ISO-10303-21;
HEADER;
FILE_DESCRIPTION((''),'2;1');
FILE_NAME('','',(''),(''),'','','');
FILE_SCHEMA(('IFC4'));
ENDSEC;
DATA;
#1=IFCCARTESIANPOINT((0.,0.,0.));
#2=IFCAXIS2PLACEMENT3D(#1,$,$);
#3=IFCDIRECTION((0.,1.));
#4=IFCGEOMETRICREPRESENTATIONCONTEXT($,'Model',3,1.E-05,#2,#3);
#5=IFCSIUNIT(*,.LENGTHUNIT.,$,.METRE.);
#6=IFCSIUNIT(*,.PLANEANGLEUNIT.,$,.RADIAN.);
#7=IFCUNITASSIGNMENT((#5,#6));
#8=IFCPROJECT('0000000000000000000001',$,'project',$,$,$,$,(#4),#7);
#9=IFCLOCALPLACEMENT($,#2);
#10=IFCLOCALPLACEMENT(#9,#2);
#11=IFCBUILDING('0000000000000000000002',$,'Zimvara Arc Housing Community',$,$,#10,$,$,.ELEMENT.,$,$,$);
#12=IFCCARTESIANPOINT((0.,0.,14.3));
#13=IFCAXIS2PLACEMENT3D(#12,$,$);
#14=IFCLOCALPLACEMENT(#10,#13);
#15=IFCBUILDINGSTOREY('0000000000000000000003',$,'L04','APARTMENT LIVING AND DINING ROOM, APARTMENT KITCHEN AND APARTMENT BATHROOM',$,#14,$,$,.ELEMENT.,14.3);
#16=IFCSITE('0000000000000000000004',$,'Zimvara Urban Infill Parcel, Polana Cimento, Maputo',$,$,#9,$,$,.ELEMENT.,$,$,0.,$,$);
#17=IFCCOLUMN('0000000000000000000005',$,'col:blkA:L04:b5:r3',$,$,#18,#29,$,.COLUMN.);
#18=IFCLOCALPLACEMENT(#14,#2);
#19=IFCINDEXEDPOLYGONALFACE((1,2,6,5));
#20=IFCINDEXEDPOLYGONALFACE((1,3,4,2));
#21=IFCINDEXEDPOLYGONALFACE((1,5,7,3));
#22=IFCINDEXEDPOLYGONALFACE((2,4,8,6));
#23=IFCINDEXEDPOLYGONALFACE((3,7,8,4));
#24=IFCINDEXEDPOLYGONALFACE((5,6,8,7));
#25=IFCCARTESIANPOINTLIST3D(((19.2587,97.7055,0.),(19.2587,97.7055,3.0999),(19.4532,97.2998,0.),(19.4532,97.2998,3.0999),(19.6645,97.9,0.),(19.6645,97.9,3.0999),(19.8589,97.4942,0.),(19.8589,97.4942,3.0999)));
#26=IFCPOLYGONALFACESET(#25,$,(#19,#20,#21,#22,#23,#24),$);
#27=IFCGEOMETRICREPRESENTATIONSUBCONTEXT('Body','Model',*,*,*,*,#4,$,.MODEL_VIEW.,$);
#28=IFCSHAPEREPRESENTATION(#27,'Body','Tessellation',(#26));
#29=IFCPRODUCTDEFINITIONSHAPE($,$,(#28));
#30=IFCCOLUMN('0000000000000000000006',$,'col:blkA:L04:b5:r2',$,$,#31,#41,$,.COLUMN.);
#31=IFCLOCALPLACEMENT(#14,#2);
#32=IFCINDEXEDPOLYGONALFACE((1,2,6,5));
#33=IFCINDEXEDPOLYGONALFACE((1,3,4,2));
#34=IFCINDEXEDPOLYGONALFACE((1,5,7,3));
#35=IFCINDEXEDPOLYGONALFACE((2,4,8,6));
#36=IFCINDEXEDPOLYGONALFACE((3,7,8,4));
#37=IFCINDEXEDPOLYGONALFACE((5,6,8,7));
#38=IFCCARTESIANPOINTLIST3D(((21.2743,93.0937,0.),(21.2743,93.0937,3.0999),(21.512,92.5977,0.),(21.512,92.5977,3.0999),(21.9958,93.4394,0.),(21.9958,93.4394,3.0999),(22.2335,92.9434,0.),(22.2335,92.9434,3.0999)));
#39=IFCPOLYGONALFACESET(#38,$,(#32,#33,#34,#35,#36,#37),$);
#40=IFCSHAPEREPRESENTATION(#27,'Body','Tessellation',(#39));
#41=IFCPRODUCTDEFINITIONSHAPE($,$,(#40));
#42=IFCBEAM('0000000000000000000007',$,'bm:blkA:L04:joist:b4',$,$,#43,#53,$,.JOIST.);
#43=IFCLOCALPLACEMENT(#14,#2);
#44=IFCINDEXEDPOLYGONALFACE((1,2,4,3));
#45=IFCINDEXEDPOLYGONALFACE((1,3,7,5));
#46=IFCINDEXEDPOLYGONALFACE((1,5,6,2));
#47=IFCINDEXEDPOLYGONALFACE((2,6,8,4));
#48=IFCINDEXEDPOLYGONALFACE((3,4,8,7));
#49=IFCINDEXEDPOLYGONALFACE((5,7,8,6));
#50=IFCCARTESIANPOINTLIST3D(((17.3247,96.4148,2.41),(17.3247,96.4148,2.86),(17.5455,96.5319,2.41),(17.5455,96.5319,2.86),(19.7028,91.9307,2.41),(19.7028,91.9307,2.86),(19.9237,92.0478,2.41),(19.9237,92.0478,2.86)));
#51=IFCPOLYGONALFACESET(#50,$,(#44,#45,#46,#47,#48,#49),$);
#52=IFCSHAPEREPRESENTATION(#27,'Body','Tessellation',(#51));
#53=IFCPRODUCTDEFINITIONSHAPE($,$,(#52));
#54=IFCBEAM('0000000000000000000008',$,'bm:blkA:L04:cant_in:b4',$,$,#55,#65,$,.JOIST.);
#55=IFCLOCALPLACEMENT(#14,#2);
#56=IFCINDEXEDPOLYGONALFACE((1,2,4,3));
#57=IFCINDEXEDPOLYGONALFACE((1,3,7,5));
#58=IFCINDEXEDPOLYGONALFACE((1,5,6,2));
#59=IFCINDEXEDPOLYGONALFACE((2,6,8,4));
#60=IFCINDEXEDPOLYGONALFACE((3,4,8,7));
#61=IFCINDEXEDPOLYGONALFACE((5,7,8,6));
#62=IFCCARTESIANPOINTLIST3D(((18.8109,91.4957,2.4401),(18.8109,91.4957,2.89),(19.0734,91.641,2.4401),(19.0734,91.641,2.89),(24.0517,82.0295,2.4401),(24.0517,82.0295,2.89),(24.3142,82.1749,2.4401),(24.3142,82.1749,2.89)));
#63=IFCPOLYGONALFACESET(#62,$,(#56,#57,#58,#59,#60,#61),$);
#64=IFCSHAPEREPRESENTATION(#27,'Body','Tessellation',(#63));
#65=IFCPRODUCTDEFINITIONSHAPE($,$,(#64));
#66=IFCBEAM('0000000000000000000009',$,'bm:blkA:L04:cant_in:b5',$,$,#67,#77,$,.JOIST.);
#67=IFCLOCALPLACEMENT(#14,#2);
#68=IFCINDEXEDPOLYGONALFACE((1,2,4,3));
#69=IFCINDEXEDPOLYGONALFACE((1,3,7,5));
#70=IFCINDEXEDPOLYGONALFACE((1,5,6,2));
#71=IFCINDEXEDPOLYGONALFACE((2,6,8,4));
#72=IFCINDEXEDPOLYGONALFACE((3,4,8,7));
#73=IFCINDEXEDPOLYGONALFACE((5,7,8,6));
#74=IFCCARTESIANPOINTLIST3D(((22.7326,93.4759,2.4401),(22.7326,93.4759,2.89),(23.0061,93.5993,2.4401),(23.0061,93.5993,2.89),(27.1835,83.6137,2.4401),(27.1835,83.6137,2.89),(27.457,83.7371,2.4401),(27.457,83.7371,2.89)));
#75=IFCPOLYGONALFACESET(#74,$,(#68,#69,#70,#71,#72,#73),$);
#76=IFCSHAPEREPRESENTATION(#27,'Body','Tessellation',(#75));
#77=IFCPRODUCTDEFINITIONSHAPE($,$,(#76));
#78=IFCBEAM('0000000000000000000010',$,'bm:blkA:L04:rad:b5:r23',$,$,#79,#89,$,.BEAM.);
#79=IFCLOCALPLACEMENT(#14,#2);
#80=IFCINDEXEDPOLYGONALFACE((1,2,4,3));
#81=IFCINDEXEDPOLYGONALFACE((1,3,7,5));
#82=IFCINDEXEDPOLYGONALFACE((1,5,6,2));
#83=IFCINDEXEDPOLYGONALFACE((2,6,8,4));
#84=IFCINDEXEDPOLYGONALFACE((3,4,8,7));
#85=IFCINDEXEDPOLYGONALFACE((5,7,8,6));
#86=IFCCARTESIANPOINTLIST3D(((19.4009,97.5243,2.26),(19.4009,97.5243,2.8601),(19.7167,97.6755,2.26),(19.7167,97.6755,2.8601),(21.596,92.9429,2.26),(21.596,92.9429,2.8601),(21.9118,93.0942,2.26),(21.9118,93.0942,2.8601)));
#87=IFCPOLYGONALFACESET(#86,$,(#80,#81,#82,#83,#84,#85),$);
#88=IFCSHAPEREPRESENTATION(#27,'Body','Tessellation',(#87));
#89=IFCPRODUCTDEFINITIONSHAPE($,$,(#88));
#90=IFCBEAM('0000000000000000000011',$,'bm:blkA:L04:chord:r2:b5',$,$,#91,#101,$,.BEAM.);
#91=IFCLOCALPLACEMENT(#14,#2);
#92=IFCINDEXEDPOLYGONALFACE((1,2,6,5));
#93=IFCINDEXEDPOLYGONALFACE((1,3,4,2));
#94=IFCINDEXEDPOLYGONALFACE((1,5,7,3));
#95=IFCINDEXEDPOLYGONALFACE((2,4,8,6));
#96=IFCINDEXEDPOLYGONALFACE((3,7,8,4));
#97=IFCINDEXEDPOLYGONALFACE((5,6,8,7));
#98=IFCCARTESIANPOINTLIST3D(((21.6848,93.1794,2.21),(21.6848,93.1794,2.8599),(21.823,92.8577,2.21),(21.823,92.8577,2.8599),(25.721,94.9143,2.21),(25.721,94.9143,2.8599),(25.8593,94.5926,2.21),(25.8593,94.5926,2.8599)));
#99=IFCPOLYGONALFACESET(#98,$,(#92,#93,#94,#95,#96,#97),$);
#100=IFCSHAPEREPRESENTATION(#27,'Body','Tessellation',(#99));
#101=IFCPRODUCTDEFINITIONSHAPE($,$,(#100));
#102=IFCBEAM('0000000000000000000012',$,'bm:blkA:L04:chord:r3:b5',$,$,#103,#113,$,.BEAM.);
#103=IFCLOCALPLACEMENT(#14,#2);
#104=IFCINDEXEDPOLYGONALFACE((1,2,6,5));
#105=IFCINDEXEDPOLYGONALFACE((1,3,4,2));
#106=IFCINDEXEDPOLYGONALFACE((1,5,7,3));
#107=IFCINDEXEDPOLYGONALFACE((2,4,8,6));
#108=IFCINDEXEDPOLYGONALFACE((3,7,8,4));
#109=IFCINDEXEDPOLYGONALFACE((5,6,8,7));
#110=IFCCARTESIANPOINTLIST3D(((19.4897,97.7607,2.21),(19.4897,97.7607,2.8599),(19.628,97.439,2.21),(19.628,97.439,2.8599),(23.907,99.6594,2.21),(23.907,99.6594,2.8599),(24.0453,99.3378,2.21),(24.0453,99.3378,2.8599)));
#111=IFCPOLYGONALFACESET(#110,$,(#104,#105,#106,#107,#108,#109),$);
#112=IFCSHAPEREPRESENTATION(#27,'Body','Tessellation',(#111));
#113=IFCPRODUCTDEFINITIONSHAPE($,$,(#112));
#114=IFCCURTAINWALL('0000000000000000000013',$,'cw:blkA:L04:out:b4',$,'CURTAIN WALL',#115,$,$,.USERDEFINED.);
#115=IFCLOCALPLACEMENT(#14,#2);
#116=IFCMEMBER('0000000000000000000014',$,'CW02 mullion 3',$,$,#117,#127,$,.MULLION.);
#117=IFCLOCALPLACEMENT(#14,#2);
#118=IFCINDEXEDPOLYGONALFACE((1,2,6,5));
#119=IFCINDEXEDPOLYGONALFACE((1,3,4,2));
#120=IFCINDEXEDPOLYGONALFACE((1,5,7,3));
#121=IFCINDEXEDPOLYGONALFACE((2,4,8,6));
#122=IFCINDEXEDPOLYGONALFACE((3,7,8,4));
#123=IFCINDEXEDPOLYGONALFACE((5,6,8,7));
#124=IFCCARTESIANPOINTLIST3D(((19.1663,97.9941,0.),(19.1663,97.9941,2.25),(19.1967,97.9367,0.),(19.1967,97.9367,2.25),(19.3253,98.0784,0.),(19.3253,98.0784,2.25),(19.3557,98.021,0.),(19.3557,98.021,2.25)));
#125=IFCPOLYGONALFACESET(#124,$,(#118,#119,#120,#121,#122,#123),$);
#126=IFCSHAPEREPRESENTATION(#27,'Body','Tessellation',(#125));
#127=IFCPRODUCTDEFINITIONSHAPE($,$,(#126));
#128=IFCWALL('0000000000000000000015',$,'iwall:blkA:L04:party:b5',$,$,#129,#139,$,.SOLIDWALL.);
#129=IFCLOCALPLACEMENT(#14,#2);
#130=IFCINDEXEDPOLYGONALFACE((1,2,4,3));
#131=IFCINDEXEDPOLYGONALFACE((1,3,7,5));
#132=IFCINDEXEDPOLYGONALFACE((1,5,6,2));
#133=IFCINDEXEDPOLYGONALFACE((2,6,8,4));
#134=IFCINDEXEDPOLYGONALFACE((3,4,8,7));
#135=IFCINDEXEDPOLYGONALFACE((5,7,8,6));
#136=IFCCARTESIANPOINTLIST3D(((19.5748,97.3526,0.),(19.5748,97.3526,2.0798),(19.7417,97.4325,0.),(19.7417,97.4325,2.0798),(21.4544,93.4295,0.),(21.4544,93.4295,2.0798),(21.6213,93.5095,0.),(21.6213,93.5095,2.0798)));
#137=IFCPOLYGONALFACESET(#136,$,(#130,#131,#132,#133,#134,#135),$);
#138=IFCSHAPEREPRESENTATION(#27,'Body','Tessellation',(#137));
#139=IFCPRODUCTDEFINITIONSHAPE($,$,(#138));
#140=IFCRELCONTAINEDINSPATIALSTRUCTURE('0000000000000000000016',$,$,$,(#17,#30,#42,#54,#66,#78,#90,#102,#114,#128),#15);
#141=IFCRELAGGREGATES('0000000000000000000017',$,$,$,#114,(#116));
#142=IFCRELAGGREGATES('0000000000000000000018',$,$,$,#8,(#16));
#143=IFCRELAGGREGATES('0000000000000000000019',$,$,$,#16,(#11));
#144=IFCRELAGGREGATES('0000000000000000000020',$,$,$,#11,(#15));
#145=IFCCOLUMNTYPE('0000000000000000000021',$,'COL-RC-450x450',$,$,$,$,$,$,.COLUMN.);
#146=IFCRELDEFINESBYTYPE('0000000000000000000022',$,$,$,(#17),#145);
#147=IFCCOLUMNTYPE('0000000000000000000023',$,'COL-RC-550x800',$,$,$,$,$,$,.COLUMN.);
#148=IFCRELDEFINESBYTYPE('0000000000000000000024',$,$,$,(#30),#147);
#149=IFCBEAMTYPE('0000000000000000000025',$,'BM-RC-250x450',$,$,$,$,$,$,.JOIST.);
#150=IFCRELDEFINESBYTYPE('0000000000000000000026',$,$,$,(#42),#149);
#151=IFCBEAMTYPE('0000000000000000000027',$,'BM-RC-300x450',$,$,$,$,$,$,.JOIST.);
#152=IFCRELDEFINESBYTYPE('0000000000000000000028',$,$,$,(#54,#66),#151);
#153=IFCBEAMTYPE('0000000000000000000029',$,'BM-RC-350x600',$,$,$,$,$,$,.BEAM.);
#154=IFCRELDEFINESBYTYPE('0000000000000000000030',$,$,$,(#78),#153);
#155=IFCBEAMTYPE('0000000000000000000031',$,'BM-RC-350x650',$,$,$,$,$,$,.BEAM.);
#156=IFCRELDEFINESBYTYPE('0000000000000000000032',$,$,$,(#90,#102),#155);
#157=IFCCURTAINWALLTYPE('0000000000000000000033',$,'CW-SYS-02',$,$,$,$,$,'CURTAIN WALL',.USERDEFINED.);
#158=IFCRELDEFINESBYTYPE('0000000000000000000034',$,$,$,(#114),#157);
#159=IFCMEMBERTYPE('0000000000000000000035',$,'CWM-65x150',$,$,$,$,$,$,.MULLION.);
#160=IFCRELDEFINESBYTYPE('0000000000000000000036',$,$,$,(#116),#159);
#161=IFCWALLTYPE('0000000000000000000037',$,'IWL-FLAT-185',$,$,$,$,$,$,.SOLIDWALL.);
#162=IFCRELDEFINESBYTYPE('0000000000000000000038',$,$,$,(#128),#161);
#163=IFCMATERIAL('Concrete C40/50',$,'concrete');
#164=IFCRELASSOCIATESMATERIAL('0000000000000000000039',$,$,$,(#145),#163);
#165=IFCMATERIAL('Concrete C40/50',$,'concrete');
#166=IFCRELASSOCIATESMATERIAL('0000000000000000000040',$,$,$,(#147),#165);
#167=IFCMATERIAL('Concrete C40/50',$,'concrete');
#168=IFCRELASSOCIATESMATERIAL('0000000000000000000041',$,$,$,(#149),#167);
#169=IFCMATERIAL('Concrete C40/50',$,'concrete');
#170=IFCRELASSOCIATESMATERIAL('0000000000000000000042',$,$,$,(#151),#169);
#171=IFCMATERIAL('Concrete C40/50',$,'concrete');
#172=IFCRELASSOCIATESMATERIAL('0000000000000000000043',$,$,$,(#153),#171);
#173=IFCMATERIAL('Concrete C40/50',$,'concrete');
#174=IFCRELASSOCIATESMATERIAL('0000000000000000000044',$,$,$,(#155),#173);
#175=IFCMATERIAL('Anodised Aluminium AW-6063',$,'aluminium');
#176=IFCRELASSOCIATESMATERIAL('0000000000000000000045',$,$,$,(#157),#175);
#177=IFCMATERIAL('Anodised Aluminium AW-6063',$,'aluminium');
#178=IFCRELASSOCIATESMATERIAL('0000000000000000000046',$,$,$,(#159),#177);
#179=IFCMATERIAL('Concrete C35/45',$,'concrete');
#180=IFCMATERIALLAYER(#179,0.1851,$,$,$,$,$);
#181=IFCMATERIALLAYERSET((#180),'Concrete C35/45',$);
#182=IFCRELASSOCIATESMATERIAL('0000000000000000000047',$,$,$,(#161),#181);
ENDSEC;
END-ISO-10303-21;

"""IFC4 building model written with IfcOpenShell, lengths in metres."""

from ifc_helpers import new_model, si_unit, direction, frame, frame_2d, origin, origin_2d, place, context, subcontext, project, spatial, rectangle, extrude, material, layer, layer_set, material_profile, profile_set, type_object, element, aggregate, save


model = new_model("IFC4")

# Units and contexts
model_context = context("Model", 3, precision=1e-05, world=origin(), true_north=direction((0.0, 1.0)))
body_context = subcontext(model_context, "Body", "Model", "MODEL_VIEW")
ifc_project = project(units=[si_unit("LENGTHUNIT", "METRE"), si_unit("PLANEANGLEUNIT", "RADIAN")], contexts=[model_context])

# Site, building, storey
site_placement = place(None, origin())
site = spatial("IfcSite", under=ifc_project, at=site_placement, Name="Zimvara Urban Infill Parcel, Polana Cimento, Maputo", CompositionType="ELEMENT", RefElevation=0.0)
building_placement = place(site_placement, origin())
building = spatial("IfcBuilding", under=site, at=building_placement, Name="Zimvara Arc Housing Community", CompositionType="ELEMENT")
storey_placement = place(building_placement, frame((0.0, 0.0, 14.3)))
storey = spatial("IfcBuildingStorey", under=building, at=storey_placement, Name="L04", Description="APARTMENT LIVING AND DINING ROOM, APARTMENT KITCHEN AND APARTMENT BATHROOM", CompositionType="ELEMENT", Elevation=14.3)

# Columns
ifc_material_1 = material(Name="Concrete C40/50", Category="concrete")
ifc_material_profile_1 = material_profile(ifc_material_1, rectangle(XDim=0.45, YDim=0.45, at=origin_2d()), Name="RC 450x450")
ifc_profile_set_1 = profile_set([ifc_material_profile_1], Name="Concrete C40/50")
column_type_1 = type_object("IfcColumnType", Name="COL-RC-450x450", PredefinedType="COLUMN", material=ifc_profile_set_1)
column_1_placement = place(storey_placement, frame((19.5588, 97.5999, 0.0), z_axis=(0.0, 0.0, 1.0), x_axis=(-0.432086, 0.901833, 0.0)))
element("IfcColumn", 1, at=column_1_placement, inside=storey, type_object=column_type_1, Name="col:blkA:L04:b5:r3", PredefinedType="COLUMN", context=body_context, shape_type="SweptSolid", body=[
    extrude(rectangle(XDim=0.45, YDim=0.45, at=origin_2d()), origin(), (0.0, 0.0, 1.0), 3.0999),
])
ifc_material_2 = material(Name="Concrete C40/50", Category="concrete")
ifc_material_profile_2 = material_profile(ifc_material_2, rectangle(XDim=0.55, YDim=0.8, at=origin_2d()), Name="RC 550x800")
ifc_profile_set_2 = profile_set([ifc_material_profile_2], Name="Concrete C40/50")
column_type_2 = type_object("IfcColumnType", Name="COL-RC-550x800", PredefinedType="COLUMN", material=ifc_profile_set_2)
column_2_placement = place(storey_placement, frame((21.7539, 93.0186, 0.0), z_axis=(0.0, 0.0, 1.0), x_axis=(-0.432086, 0.901833, 0.0)))
element("IfcColumn", 2, at=column_2_placement, inside=storey, type_object=column_type_2, Name="col:blkA:L04:b5:r2", PredefinedType="COLUMN", context=body_context, shape_type="SweptSolid", body=[
    extrude(rectangle(XDim=0.55, YDim=0.8, at=origin_2d()), origin(), (0.0, 0.0, 1.0), 3.0999),
])

# Beams
ifc_material_3 = material(Name="Concrete C40/50", Category="concrete")
ifc_material_profile_3 = material_profile(ifc_material_3, rectangle(XDim=0.25, YDim=0.45, at=origin_2d()), Name="RC 250x450")
ifc_profile_set_3 = profile_set([ifc_material_profile_3], Name="Concrete C40/50")
beam_type_1 = type_object("IfcBeamType", Name="BM-RC-250x450", PredefinedType="JOIST", material=ifc_profile_set_3)
beam_1_placement = place(storey_placement, frame((19.8132, 91.9893, 2.635), z_axis=(-0.468537, 0.883444, 0.0), x_axis=(-0.883444, -0.468537, 0.0)))
element("IfcBeam", 3, at=beam_1_placement, inside=storey, type_object=beam_type_1, Name="bm:blkA:L04:joist:b4", PredefinedType="JOIST", context=body_context, shape_type="SweptSolid", body=[
    extrude(rectangle(XDim=0.25, YDim=0.45, at=origin_2d()), origin(), (0.0, 0.0, 1.0), 5.0757),
])
ifc_material_4 = material(Name="Concrete C40/50", Category="concrete")
ifc_material_profile_4 = material_profile(ifc_material_4, rectangle(XDim=0.3, YDim=0.45, at=origin_2d()), Name="RC 300x450")
ifc_profile_set_4 = profile_set([ifc_material_profile_4], Name="Concrete C40/50")
beam_type_2 = type_object("IfcBeamType", Name="BM-RC-300x450", PredefinedType="JOIST", material=ifc_profile_set_4)
for number, where, z_axis, x_axis, name in (
    (4, (18.9421, 91.5684, 2.665), (0.484357, -0.87487, 0.0), (0.87487, 0.484357, 0.0), "bm:blkA:L04:cant_in:b4"),
    (5, (22.8694, 93.5376, 2.665), (0.411355, -0.911475, 0.0), (0.911475, 0.411355, 0.0), "bm:blkA:L04:cant_in:b5"),
):
    element("IfcBeam", number, at=place(storey_placement, frame(where, z_axis=z_axis, x_axis=x_axis)), inside=storey, type_object=beam_type_2, Name=name, PredefinedType="JOIST", context=body_context, shape_type="SweptSolid", body=[
        extrude(rectangle(XDim=0.3, YDim=0.45, at=origin_2d()), origin(), (0.0, 0.0, 1.0), 10.8201),
    ])
ifc_material_5 = material(Name="Concrete C40/50", Category="concrete")
ifc_material_profile_5 = material_profile(ifc_material_5, rectangle(XDim=0.3501, YDim=0.6001, at=origin_2d()), Name="RC 350x600")
ifc_profile_set_5 = profile_set([ifc_material_profile_5], Name="Concrete C40/50")
beam_type_3 = type_object("IfcBeamType", Name="BM-RC-350x600", PredefinedType="BEAM", material=ifc_profile_set_5)
beam_2_placement = place(storey_placement, frame((21.7539, 93.0186, 2.5601), z_axis=(-0.432098, 0.901827, 0.0), x_axis=(-0.901827, -0.432098, 0.0)))
element("IfcBeam", 6, at=beam_2_placement, inside=storey, type_object=beam_type_3, Name="bm:blkA:L04:rad:b5:r23", PredefinedType="BEAM", context=body_context, shape_type="SweptSolid", body=[
    extrude(rectangle(XDim=0.3501, YDim=0.6001, at=origin_2d()), origin(), (0.0, 0.0, 1.0), 5.0801),
])
ifc_material_6 = material(Name="Concrete C40/50", Category="concrete")
ifc_material_profile_6 = material_profile(ifc_material_6, rectangle(XDim=0.3501, YDim=0.6499, at=origin_2d()), Name="RC 350x650")
ifc_profile_set_6 = profile_set([ifc_material_profile_6], Name="Concrete C40/50")
beam_type_4 = type_object("IfcBeamType", Name="BM-RC-350x650", PredefinedType="BEAM", material=ifc_profile_set_6)
beam_3_placement = place(storey_placement, frame((21.7539, 93.0186, 2.5349), z_axis=(0.918725, 0.394898, 0.0), x_axis=(-0.394898, 0.918725, 0.0)))
element("IfcBeam", 7, at=beam_3_placement, inside=storey, type_object=beam_type_4, Name="bm:blkA:L04:chord:r2:b5", PredefinedType="BEAM", context=body_context, shape_type="SweptSolid", body=[
    extrude(rectangle(XDim=0.3501, YDim=0.6499, at=origin_2d()), origin(), (0.0, 0.0, 1.0), 4.3933),
])
beam_4_placement = place(storey_placement, frame((19.5588, 97.5999, 2.5349), z_axis=(0.918724, 0.3949, 0.0), x_axis=(-0.3949, 0.918724, 0.0)))
element("IfcBeam", 8, at=beam_4_placement, inside=storey, type_object=beam_type_4, Name="bm:blkA:L04:chord:r3:b5", PredefinedType="BEAM", context=body_context, shape_type="SweptSolid", body=[
    extrude(rectangle(XDim=0.3501, YDim=0.6499, at=origin_2d()), origin(), (0.0, 0.0, 1.0), 4.8081),
])

# Curtain wall, member
ifc_material_7 = material(Name="Anodised Aluminium AW-6063", Category="aluminium")
curtain_wall_type = type_object("IfcCurtainWallType", Name="CW-SYS-02", ElementType="CURTAIN WALL", PredefinedType="USERDEFINED", material=ifc_material_7)
curtain_wall_placement = place(storey_placement, origin())
curtain_wall = element("IfcCurtainWall", 9, at=curtain_wall_placement, inside=storey, type_object=curtain_wall_type, Name="cw:blkA:L04:out:b4", ObjectType="CURTAIN WALL", PredefinedType="USERDEFINED")
ifc_material_8 = material(Name="Anodised Aluminium AW-6063", Category="aluminium")
ifc_material_profile_7 = material_profile(ifc_material_8, rectangle(XDim=0.0649, YDim=0.1799, at=origin_2d()), Name="ALU 65x180")
ifc_profile_set_7 = profile_set([ifc_material_profile_7], Name="Anodised Aluminium AW-6063")
member_type = type_object("IfcMemberType", Name="CWM-65x150", PredefinedType="MULLION", material=ifc_profile_set_7)
member_placement = place(storey_placement, frame((19.261, 98.0076, 0.0), z_axis=(0.0, 0.0, 1.0), x_axis=(-0.468547, 0.883439, 0.0)))
member = element("IfcMember", 10, at=member_placement, type_object=member_type, Name="CW02 mullion 3", PredefinedType="MULLION", context=body_context, shape_type="SweptSolid", body=[
    extrude(rectangle(XDim=0.0649, YDim=0.1799, at=origin_2d()), origin(), (0.0, 0.0, 1.0), 2.25),
])
aggregate(curtain_wall, [member])

# Wall
ifc_material_9 = material(Name="Concrete C35/45", Category="concrete")
ifc_layer_1 = layer(ifc_material_9, 0.1851)
ifc_layer_set_1 = layer_set([ifc_layer_1], Name="Concrete C35/45")
wall_type_1 = type_object("IfcWallType", Name="IWL-FLAT-185", PredefinedType="SOLIDWALL", material=ifc_layer_set_1)
wall_1_placement = place(storey_placement, frame((21.5378, 93.4695, 0.0), z_axis=(0.0, 0.0, 1.0), x_axis=(-0.432087, 0.901832, 0.0)))
element("IfcWall", 11, at=wall_1_placement, inside=storey, type_object=wall_type_1, Name="iwall:blkA:L04:party:b5", PredefinedType="SOLIDWALL", context=body_context, shape_type="SweptSolid", body=[
    extrude(rectangle(XDim=4.3501, YDim=0.1851, at=frame_2d((2.175, 0.0))), origin(), (0.0, 0.0, 1.0), 2.0798),
])

save(model, "model.ifc")
